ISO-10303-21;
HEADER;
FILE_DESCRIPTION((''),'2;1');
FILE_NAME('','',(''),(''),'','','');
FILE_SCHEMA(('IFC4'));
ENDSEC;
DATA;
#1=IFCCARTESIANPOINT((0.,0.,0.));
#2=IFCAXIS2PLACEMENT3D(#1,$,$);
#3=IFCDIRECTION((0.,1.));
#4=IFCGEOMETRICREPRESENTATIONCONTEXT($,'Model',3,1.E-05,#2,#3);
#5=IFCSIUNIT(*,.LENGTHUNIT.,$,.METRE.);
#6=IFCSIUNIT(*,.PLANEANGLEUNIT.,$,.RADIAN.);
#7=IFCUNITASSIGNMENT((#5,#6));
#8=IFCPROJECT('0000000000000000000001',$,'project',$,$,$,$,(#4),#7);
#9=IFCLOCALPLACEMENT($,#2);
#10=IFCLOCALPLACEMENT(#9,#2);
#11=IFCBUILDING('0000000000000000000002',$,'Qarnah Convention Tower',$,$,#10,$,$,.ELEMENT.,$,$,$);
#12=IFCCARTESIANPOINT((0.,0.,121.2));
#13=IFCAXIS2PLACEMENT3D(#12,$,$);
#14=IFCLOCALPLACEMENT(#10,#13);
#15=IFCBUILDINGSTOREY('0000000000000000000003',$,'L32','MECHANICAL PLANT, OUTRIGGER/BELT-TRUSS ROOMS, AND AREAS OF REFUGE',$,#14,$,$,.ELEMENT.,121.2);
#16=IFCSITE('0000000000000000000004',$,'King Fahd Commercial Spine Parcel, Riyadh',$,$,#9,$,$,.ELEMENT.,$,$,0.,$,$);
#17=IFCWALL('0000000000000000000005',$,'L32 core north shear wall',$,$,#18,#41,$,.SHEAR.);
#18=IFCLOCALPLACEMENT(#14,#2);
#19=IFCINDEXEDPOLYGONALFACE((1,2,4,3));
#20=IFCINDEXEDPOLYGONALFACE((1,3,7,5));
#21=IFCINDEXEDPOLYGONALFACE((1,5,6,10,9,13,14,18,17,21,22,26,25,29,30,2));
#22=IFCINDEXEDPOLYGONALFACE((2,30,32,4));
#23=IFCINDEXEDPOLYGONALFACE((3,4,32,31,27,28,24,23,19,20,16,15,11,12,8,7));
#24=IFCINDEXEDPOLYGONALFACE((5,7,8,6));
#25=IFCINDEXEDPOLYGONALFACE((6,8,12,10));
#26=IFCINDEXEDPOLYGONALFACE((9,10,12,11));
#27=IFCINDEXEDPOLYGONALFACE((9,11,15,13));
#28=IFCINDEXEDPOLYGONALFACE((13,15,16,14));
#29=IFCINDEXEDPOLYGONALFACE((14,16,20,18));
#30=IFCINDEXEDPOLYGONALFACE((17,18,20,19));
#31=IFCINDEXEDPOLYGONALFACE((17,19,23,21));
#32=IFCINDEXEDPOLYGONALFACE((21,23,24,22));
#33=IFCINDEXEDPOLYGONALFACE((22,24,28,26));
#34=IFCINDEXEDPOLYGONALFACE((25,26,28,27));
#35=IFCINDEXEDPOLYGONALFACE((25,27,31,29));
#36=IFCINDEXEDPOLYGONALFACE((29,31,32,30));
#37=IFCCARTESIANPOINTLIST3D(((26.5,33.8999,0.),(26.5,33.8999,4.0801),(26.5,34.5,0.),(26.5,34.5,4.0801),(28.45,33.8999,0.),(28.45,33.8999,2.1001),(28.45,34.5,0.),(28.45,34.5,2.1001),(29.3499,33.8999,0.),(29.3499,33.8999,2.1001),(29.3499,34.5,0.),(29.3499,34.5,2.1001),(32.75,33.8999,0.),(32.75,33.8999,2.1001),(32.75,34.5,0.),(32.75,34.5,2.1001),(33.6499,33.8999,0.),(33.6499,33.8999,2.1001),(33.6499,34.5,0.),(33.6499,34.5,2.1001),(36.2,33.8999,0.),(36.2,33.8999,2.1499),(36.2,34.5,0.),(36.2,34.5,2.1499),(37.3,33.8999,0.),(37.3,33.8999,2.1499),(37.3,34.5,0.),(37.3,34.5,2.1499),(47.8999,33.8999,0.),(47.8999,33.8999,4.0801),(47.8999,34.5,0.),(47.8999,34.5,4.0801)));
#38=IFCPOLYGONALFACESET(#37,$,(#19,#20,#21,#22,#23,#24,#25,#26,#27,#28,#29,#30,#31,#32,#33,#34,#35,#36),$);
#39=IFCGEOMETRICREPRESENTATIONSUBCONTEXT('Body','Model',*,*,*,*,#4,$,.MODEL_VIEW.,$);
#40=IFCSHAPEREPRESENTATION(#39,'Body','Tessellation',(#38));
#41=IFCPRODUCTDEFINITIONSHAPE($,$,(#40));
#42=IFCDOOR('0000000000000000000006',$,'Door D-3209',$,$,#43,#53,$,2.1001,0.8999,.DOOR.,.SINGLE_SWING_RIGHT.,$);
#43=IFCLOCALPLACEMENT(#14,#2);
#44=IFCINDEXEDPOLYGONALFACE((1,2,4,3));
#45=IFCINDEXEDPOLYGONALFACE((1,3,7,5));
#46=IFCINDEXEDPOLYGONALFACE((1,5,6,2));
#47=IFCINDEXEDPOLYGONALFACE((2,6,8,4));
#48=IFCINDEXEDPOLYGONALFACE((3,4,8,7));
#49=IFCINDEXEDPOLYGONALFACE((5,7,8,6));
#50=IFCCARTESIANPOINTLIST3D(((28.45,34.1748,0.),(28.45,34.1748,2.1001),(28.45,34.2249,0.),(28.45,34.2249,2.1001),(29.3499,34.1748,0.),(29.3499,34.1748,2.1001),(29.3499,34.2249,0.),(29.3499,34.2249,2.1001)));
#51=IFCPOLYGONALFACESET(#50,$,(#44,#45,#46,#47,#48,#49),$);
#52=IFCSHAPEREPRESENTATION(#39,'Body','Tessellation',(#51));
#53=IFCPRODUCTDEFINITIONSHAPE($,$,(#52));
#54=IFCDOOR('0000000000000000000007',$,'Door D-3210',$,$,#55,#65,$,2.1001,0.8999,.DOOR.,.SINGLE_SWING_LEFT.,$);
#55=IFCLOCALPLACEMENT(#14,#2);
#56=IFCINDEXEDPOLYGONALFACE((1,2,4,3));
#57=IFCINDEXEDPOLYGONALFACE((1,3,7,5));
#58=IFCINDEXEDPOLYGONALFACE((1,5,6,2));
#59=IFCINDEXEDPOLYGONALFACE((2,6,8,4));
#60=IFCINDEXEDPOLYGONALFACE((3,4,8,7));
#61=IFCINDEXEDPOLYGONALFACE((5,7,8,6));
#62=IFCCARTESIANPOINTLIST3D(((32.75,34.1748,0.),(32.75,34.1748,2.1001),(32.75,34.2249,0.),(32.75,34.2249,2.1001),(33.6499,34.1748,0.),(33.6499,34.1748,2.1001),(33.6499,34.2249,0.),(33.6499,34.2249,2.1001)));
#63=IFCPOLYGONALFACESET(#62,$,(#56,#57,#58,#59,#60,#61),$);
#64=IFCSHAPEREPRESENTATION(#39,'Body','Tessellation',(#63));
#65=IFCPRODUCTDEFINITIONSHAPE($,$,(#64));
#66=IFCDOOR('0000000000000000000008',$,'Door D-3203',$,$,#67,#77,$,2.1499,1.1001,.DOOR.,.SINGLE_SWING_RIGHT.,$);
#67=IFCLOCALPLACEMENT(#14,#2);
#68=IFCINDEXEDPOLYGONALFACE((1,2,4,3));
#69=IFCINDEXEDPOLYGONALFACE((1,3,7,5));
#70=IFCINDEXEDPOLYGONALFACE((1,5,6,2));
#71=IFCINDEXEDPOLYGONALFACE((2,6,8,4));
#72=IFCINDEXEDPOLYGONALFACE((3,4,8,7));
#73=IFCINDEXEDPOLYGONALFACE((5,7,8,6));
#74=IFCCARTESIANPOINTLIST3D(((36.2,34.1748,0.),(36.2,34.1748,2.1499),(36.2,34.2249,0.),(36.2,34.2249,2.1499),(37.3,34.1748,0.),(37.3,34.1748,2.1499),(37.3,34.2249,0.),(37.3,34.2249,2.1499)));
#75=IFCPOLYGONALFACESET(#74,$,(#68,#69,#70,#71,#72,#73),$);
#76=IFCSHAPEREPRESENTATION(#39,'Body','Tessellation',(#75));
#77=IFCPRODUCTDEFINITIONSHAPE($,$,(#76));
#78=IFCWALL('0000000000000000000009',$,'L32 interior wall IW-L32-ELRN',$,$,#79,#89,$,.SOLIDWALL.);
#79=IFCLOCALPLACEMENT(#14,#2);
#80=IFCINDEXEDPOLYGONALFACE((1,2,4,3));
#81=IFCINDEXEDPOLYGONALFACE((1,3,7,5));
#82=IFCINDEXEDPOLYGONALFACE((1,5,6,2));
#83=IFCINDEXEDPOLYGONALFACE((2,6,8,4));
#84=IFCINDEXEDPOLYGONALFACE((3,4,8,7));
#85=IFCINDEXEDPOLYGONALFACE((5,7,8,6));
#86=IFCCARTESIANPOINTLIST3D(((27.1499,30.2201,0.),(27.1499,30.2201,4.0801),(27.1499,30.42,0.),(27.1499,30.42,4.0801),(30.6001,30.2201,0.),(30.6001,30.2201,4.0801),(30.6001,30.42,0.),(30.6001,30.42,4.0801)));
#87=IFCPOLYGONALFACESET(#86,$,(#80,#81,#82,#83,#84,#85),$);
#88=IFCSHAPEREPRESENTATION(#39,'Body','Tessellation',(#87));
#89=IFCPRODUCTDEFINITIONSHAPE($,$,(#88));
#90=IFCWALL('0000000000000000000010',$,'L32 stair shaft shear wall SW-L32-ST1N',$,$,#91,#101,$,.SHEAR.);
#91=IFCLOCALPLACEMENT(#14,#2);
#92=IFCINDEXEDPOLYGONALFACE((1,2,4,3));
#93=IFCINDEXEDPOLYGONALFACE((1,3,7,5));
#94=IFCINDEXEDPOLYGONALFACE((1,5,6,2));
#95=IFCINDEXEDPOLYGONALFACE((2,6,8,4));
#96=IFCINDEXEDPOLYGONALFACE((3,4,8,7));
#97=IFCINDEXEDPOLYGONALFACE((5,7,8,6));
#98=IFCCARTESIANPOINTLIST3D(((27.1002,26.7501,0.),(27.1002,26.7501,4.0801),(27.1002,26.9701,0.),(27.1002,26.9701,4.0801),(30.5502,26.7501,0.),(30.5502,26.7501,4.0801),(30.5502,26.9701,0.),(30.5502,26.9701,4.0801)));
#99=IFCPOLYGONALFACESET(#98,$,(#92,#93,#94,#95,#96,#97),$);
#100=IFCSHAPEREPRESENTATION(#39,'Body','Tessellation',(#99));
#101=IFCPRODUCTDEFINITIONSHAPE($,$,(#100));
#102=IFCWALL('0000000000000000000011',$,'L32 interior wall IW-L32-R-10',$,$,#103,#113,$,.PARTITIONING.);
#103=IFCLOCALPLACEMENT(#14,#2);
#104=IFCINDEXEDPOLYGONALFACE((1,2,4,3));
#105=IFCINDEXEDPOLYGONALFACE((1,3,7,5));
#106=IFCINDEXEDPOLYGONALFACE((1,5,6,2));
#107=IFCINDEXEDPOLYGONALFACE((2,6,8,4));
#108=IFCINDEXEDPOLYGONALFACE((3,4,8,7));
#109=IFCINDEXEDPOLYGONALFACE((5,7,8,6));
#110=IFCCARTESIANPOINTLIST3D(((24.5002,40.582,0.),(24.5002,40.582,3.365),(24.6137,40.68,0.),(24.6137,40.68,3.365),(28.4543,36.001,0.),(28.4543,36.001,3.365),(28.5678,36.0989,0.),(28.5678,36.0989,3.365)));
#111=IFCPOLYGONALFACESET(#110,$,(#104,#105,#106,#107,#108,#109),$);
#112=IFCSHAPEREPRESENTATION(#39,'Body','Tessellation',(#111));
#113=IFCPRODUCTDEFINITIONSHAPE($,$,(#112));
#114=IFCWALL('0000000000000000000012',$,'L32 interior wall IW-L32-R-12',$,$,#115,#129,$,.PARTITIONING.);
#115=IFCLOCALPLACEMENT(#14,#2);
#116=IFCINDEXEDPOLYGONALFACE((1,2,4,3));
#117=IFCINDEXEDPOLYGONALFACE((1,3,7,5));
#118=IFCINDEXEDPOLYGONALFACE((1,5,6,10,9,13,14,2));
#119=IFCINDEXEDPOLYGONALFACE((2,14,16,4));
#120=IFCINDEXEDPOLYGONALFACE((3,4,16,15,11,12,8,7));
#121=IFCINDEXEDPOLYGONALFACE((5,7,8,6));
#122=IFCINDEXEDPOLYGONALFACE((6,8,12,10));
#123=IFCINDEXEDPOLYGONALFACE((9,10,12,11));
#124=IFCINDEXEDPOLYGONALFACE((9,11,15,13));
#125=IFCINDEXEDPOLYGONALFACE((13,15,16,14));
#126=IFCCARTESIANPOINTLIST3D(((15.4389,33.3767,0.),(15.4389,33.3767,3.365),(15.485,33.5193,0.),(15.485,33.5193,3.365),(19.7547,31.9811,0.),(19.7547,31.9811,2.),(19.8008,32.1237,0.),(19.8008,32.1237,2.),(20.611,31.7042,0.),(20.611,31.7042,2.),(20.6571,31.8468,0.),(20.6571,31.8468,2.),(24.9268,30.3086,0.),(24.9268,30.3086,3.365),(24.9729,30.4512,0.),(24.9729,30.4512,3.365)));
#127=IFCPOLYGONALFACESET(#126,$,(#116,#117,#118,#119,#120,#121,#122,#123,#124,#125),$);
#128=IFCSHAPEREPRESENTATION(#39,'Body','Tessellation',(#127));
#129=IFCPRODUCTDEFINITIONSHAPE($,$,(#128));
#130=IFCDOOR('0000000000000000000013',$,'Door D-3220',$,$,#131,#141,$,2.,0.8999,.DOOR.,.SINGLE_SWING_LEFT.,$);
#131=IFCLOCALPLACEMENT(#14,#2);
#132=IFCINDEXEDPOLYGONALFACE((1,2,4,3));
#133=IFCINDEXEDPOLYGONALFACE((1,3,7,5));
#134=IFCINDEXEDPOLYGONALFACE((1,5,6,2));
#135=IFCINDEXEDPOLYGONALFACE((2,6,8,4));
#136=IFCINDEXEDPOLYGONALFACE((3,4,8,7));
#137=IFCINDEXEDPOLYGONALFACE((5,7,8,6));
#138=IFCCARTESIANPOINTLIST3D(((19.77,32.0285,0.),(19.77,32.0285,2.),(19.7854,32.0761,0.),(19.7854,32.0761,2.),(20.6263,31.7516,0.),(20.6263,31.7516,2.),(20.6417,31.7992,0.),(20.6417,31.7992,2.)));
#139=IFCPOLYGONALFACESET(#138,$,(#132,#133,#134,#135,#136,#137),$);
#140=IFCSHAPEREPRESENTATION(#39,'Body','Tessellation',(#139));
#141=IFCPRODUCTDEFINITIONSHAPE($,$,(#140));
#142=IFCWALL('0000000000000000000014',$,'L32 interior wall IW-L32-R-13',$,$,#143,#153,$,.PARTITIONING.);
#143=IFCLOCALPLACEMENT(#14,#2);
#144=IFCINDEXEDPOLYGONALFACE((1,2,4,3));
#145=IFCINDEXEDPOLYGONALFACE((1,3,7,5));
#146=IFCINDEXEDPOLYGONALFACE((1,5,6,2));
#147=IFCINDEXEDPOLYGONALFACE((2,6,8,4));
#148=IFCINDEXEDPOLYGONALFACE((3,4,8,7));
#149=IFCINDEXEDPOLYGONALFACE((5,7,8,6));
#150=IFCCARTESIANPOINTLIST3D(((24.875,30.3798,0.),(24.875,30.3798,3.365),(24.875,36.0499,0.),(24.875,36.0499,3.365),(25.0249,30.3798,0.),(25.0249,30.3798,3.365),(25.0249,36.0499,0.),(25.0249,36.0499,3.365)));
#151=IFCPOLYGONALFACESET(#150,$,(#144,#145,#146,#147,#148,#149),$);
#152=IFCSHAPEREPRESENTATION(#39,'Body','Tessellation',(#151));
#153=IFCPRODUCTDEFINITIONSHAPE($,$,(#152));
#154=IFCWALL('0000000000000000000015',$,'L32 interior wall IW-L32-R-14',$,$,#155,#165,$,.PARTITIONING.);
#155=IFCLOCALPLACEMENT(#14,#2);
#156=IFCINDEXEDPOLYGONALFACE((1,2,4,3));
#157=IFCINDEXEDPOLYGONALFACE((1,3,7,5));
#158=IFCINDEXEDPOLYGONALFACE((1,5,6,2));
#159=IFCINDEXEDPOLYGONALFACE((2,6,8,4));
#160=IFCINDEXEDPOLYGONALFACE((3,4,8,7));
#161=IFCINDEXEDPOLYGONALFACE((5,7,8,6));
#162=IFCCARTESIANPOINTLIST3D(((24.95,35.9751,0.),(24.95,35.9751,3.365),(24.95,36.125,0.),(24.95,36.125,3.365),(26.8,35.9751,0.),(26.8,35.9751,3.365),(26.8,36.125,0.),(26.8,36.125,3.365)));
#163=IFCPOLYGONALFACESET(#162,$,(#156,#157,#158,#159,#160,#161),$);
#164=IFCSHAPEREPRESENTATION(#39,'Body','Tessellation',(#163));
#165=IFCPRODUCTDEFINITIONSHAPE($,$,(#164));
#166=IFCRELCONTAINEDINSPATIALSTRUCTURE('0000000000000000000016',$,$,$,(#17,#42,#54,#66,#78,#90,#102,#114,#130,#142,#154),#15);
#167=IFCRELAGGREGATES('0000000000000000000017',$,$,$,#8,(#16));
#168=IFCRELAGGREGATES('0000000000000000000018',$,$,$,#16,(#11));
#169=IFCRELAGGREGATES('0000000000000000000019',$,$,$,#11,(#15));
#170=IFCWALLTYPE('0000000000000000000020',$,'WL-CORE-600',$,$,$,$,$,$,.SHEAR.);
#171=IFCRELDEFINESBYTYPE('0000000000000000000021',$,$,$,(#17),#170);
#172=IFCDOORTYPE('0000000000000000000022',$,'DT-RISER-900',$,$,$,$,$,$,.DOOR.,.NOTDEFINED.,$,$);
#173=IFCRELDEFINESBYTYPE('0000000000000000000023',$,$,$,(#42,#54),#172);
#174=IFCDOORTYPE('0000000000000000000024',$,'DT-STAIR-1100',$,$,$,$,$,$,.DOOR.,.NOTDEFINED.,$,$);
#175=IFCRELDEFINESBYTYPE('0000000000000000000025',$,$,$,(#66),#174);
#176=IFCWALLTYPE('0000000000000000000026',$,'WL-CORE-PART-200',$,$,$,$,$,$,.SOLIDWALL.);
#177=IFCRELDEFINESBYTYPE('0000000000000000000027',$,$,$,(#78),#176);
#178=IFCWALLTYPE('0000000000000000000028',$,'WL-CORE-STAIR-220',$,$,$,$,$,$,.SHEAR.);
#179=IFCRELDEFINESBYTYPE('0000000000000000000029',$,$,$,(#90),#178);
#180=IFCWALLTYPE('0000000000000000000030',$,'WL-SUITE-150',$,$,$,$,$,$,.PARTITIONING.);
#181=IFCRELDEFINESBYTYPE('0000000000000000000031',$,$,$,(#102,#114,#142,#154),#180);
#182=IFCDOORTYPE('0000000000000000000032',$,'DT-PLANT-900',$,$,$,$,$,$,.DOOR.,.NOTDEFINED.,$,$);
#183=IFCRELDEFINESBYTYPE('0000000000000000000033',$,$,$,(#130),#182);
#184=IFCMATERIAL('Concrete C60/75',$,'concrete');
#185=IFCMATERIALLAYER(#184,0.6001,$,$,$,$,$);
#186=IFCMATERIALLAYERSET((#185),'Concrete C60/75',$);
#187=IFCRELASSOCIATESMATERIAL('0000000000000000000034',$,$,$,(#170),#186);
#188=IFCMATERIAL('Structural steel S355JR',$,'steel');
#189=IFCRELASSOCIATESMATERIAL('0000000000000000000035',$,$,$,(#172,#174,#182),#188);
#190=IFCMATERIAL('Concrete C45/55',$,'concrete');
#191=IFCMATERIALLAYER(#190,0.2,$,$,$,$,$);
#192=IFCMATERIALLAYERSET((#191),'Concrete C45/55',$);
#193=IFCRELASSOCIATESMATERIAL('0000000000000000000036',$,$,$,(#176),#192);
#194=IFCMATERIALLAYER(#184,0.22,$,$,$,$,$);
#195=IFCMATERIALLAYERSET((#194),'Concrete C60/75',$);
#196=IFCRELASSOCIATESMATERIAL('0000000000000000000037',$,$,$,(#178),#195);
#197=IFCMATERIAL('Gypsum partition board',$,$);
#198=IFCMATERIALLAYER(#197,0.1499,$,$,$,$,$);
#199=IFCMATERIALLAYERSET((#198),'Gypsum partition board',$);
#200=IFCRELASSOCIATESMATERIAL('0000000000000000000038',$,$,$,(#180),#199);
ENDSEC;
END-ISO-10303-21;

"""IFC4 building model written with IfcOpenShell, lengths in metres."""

from ifc_helpers import new_model, si_unit, direction, frame, frame_2d, origin, place, context, subcontext, project, spatial, rectangle, extrude, material, layer, layer_set, type_object, element, fill, save


model = new_model("IFC4")

# Units and contexts
model_context = context("Model", 3, precision=1e-05, world=origin(), true_north=direction((0.0, 1.0)))
body_context = subcontext(model_context, "Body", "Model", "MODEL_VIEW")
ifc_project = project(units=[si_unit("LENGTHUNIT", "METRE"), si_unit("PLANEANGLEUNIT", "RADIAN")], contexts=[model_context])

# Site, building, storey
site_placement = place(None, origin())
site = spatial("IfcSite", under=ifc_project, at=site_placement, Name="King Fahd Commercial Spine Parcel, Riyadh", CompositionType="ELEMENT", RefElevation=0.0)
building_placement = place(site_placement, origin())
building = spatial("IfcBuilding", under=site, at=building_placement, Name="Qarnah Convention Tower", CompositionType="ELEMENT")
storey_placement = place(building_placement, frame((0.0, 0.0, 121.2)))
storey = spatial("IfcBuildingStorey", under=building, at=storey_placement, Name="L32", Description="MECHANICAL PLANT, OUTRIGGER/BELT-TRUSS ROOMS, AND AREAS OF REFUGE", CompositionType="ELEMENT", Elevation=121.2)

# Shared definitions
ifc_material_1 = material(Name="Concrete C60/75", Category="concrete")

# Shared definitions
ifc_material_2 = material(Name="Structural steel S355JR", Category="steel")

# Wall, openings, doors
ifc_layer_1 = layer(ifc_material_1, 0.6001)
ifc_layer_set_1 = layer_set([ifc_layer_1], Name="Concrete C60/75")
wall_type_1 = type_object("IfcWallType", Name="WL-CORE-600", PredefinedType="SHEAR", material=ifc_layer_set_1)
wall_1_placement = place(storey_placement, frame((26.5, 34.2, 0.0), z_axis=(0.0, 0.0, 1.0), x_axis=(1.0, 0.0, 0.0)))
wall_1 = element("IfcWall", 1, at=wall_1_placement, inside=storey, type_object=wall_type_1, Name="L32 core north shear wall", PredefinedType="SHEAR", context=body_context, shape_type="SweptSolid", body=[
    extrude(rectangle(XDim=21.3999, YDim=0.6001, at=frame_2d((10.7, 0.0))), origin(), (0.0, 0.0, 1.0), 4.0801),
])
opening_1_placement = place(wall_1_placement, frame((9.7, 0.0, 0.0)))
opening_1 = element("IfcOpeningElement", 2, at=opening_1_placement, cuts=wall_1, PredefinedType="OPENING", context=body_context, shape_type="SweptSolid", body=[
    extrude(rectangle(XDim=1.1001, YDim=2.1499, at=frame_2d((0.55, 1.075))), frame((0.0, 0.3101, 0.0), z_axis=(0.0, -1.0, 0.0), x_axis=(1.0, 0.0, 0.0)), (0.0, 0.0, 1.0), 0.6201),
])
opening_2_placement = place(wall_1_placement, frame((1.95, 0.0, 0.0)))
opening_2 = element("IfcOpeningElement", 3, at=opening_2_placement, cuts=wall_1, PredefinedType="OPENING", context=body_context, shape_type="SweptSolid", body=[
    extrude(rectangle(XDim=0.8999, YDim=2.1001, at=frame_2d((0.45, 1.05))), frame((0.0, 0.3101, 0.0), z_axis=(0.0, -1.0, 0.0), x_axis=(1.0, 0.0, 0.0)), (0.0, 0.0, 1.0), 0.6201),
])
opening_3_placement = place(wall_1_placement, frame((6.25, 0.0, 0.0)))
opening_3 = element("IfcOpeningElement", 4, at=opening_3_placement, cuts=wall_1, PredefinedType="OPENING", context=body_context, shape_type="SweptSolid", body=[
    extrude(rectangle(XDim=0.8999, YDim=2.1001, at=frame_2d((0.45, 1.05))), frame((0.0, 0.3101, 0.0), z_axis=(0.0, -1.0, 0.0), x_axis=(1.0, 0.0, 0.0)), (0.0, 0.0, 1.0), 0.6201),
])
door_type_1 = type_object("IfcDoorType", Name="DT-RISER-900", OperationType="NOTDEFINED", PredefinedType="DOOR", material=ifc_material_2)
door_1_placement = place(opening_2_placement, origin())
door_1 = element("IfcDoor", 5, at=door_1_placement, inside=storey, type_object=door_type_1, Name="Door D-3209", OperationType="SINGLE_SWING_RIGHT", OverallHeight=2.1001, OverallWidth=0.8999, PredefinedType="DOOR", context=body_context, shape_type="SweptSolid", body=[
    extrude(rectangle(XDim=0.8999, YDim=2.1001, at=frame_2d((0.45, 1.05))), frame((0.0, 0.0249, 0.0), z_axis=(0.0, -1.0, 0.0), x_axis=(1.0, 0.0, 0.0)), (0.0, 0.0, 1.0), 0.05),
])
fill(opening_2, door_1)
door_2_placement = place(opening_3_placement, origin())
door_2 = element("IfcDoor", 6, at=door_2_placement, inside=storey, type_object=door_type_1, Name="Door D-3210", OperationType="SINGLE_SWING_LEFT", OverallHeight=2.1001, OverallWidth=0.8999, PredefinedType="DOOR", context=body_context, shape_type="SweptSolid", body=[
    extrude(rectangle(XDim=0.8999, YDim=2.1001, at=frame_2d((0.45, 1.05))), frame((0.0, 0.0249, 0.0), z_axis=(0.0, -1.0, 0.0), x_axis=(1.0, 0.0, 0.0)), (0.0, 0.0, 1.0), 0.05),
])
fill(opening_3, door_2)
door_type_2 = type_object("IfcDoorType", Name="DT-STAIR-1100", OperationType="NOTDEFINED", PredefinedType="DOOR", material=ifc_material_2)
door_3_placement = place(opening_1_placement, origin())
door_3 = element("IfcDoor", 7, at=door_3_placement, inside=storey, type_object=door_type_2, Name="Door D-3203", OperationType="SINGLE_SWING_RIGHT", OverallHeight=2.1499, OverallWidth=1.1001, PredefinedType="DOOR", context=body_context, shape_type="SweptSolid", body=[
    extrude(rectangle(XDim=1.1001, YDim=2.1499, at=frame_2d((0.55, 1.075))), frame((0.0, 0.0249, 0.0), z_axis=(0.0, -1.0, 0.0), x_axis=(1.0, 0.0, 0.0)), (0.0, 0.0, 1.0), 0.05),
])
fill(opening_1, door_3)

# Walls
ifc_material_3 = material(Name="Concrete C45/55", Category="concrete")
ifc_layer_2 = layer(ifc_material_3, 0.2)
ifc_layer_set_2 = layer_set([ifc_layer_2], Name="Concrete C45/55")
wall_type_2 = type_object("IfcWallType", Name="WL-CORE-PART-200", PredefinedType="SOLIDWALL", material=ifc_layer_set_2)
wall_2_placement = place(storey_placement, frame((27.1499, 30.3201, 0.0), z_axis=(0.0, 0.0, 1.0), x_axis=(1.0, 0.0, 0.0)))
element("IfcWall", 8, at=wall_2_placement, inside=storey, type_object=wall_type_2, Name="L32 interior wall IW-L32-ELRN", PredefinedType="SOLIDWALL", context=body_context, shape_type="SweptSolid", body=[
    extrude(rectangle(XDim=3.4502, YDim=0.2, at=frame_2d((1.7251, 0.0))), origin(), (0.0, 0.0, 1.0), 4.0801),
])
ifc_layer_3 = layer(ifc_material_1, 0.22)
ifc_layer_set_3 = layer_set([ifc_layer_3], Name="Concrete C60/75")
wall_type_3 = type_object("IfcWallType", Name="WL-CORE-STAIR-220", PredefinedType="SHEAR", material=ifc_layer_set_3)
wall_3_placement = place(storey_placement, frame((27.1001, 26.8601, 0.0), z_axis=(0.0, 0.0, 1.0), x_axis=(1.0, 0.0, 0.0)))
element("IfcWall", 9, at=wall_3_placement, inside=storey, type_object=wall_type_3, Name="L32 stair shaft shear wall SW-L32-ST1N", PredefinedType="SHEAR", context=body_context, shape_type="SweptSolid", body=[
    extrude(rectangle(XDim=3.45, YDim=0.22, at=frame_2d((1.7251, 0.0))), origin(), (0.0, 0.0, 1.0), 4.0801),
])
ifc_material_4 = material(Name="Gypsum partition board")
ifc_layer_4 = layer(ifc_material_4, 0.1499)
ifc_layer_set_4 = layer_set([ifc_layer_4], Name="Gypsum partition board")
wall_type_4 = type_object("IfcWallType", Name="WL-SUITE-150", PredefinedType="PARTITIONING", material=ifc_layer_set_4)
wall_4_placement = place(storey_placement, frame((24.5569, 40.6311, 0.0), z_axis=(0.0, 0.0, 1.0), x_axis=(0.653406, -0.757008, 0.0)))
element("IfcWall", 10, at=wall_4_placement, inside=storey, type_object=wall_type_4, Name="L32 interior wall IW-L32-R-10", PredefinedType="PARTITIONING", context=body_context, shape_type="SweptSolid", body=[
    extrude(rectangle(XDim=6.0515, YDim=0.1499, at=frame_2d((3.0259, 0.0))), origin(), (0.0, 0.0, 1.0), 3.365),
])

# Wall, opening, door
wall_5_placement = place(storey_placement, frame((15.4619, 33.448, 0.0), z_axis=(0.0, 0.0, 1.0), x_axis=(0.95149, -0.30768, 0.0)))
wall_5 = element("IfcWall", 11, at=wall_5_placement, inside=storey, type_object=wall_type_4, Name="L32 interior wall IW-L32-R-12", PredefinedType="PARTITIONING", context=body_context, shape_type="SweptSolid", body=[
    extrude(rectangle(XDim=9.9717, YDim=0.1499, at=frame_2d((4.9858, 0.0))), origin(), (0.0, 0.0, 1.0), 3.365),
])
opening_4_placement = place(wall_5_placement, frame((4.5359, 0.0, 0.0)))
opening_4 = element("IfcOpeningElement", 12, at=opening_4_placement, cuts=wall_5, PredefinedType="OPENING", context=body_context, shape_type="SweptSolid", body=[
    extrude(rectangle(XDim=0.8999, YDim=2.0, at=frame_2d((0.45, 1.0))), frame((0.0, 0.085, 0.0), z_axis=(0.0, -1.0, 0.0), x_axis=(1.0, 0.0, 0.0)), (0.0, 0.0, 1.0), 0.1699),
])
door_type_3 = type_object("IfcDoorType", Name="DT-PLANT-900", OperationType="NOTDEFINED", PredefinedType="DOOR", material=ifc_material_2)
door_4_placement = place(opening_4_placement, origin())
door_4 = element("IfcDoor", 13, at=door_4_placement, inside=storey, type_object=door_type_3, Name="Door D-3220", OperationType="SINGLE_SWING_LEFT", OverallHeight=2.0, OverallWidth=0.8999, PredefinedType="DOOR", context=body_context, shape_type="SweptSolid", body=[
    extrude(rectangle(XDim=0.8999, YDim=2.0, at=frame_2d((0.45, 1.0))), frame((0.0, 0.0249, 0.0), z_axis=(0.0, -1.0, 0.0), x_axis=(1.0, 0.0, 0.0)), (0.0, 0.0, 1.0), 0.05),
])
fill(opening_4, door_4)

# Walls
wall_6_placement = place(storey_placement, frame((24.95, 30.3799, 0.0), z_axis=(0.0, 0.0, 1.0), x_axis=(0.0, 1.0, 0.0)))
element("IfcWall", 14, at=wall_6_placement, inside=storey, type_object=wall_type_4, Name="L32 interior wall IW-L32-R-13", PredefinedType="PARTITIONING", context=body_context, shape_type="SweptSolid", body=[
    extrude(rectangle(XDim=5.6702, YDim=0.1499, at=frame_2d((2.835, 0.0))), origin(), (0.0, 0.0, 1.0), 3.365),
])
wall_7_placement = place(storey_placement, frame((24.95, 36.05, 0.0), z_axis=(0.0, 0.0, 1.0), x_axis=(1.0, 0.0, 0.0)))
element("IfcWall", 15, at=wall_7_placement, inside=storey, type_object=wall_type_4, Name="L32 interior wall IW-L32-R-14", PredefinedType="PARTITIONING", context=body_context, shape_type="SweptSolid", body=[
    extrude(rectangle(XDim=1.8501, YDim=0.1499, at=frame_2d((0.925, 0.0))), origin(), (0.0, 0.0, 1.0), 3.365),
])

save(model, "model.ifc")
